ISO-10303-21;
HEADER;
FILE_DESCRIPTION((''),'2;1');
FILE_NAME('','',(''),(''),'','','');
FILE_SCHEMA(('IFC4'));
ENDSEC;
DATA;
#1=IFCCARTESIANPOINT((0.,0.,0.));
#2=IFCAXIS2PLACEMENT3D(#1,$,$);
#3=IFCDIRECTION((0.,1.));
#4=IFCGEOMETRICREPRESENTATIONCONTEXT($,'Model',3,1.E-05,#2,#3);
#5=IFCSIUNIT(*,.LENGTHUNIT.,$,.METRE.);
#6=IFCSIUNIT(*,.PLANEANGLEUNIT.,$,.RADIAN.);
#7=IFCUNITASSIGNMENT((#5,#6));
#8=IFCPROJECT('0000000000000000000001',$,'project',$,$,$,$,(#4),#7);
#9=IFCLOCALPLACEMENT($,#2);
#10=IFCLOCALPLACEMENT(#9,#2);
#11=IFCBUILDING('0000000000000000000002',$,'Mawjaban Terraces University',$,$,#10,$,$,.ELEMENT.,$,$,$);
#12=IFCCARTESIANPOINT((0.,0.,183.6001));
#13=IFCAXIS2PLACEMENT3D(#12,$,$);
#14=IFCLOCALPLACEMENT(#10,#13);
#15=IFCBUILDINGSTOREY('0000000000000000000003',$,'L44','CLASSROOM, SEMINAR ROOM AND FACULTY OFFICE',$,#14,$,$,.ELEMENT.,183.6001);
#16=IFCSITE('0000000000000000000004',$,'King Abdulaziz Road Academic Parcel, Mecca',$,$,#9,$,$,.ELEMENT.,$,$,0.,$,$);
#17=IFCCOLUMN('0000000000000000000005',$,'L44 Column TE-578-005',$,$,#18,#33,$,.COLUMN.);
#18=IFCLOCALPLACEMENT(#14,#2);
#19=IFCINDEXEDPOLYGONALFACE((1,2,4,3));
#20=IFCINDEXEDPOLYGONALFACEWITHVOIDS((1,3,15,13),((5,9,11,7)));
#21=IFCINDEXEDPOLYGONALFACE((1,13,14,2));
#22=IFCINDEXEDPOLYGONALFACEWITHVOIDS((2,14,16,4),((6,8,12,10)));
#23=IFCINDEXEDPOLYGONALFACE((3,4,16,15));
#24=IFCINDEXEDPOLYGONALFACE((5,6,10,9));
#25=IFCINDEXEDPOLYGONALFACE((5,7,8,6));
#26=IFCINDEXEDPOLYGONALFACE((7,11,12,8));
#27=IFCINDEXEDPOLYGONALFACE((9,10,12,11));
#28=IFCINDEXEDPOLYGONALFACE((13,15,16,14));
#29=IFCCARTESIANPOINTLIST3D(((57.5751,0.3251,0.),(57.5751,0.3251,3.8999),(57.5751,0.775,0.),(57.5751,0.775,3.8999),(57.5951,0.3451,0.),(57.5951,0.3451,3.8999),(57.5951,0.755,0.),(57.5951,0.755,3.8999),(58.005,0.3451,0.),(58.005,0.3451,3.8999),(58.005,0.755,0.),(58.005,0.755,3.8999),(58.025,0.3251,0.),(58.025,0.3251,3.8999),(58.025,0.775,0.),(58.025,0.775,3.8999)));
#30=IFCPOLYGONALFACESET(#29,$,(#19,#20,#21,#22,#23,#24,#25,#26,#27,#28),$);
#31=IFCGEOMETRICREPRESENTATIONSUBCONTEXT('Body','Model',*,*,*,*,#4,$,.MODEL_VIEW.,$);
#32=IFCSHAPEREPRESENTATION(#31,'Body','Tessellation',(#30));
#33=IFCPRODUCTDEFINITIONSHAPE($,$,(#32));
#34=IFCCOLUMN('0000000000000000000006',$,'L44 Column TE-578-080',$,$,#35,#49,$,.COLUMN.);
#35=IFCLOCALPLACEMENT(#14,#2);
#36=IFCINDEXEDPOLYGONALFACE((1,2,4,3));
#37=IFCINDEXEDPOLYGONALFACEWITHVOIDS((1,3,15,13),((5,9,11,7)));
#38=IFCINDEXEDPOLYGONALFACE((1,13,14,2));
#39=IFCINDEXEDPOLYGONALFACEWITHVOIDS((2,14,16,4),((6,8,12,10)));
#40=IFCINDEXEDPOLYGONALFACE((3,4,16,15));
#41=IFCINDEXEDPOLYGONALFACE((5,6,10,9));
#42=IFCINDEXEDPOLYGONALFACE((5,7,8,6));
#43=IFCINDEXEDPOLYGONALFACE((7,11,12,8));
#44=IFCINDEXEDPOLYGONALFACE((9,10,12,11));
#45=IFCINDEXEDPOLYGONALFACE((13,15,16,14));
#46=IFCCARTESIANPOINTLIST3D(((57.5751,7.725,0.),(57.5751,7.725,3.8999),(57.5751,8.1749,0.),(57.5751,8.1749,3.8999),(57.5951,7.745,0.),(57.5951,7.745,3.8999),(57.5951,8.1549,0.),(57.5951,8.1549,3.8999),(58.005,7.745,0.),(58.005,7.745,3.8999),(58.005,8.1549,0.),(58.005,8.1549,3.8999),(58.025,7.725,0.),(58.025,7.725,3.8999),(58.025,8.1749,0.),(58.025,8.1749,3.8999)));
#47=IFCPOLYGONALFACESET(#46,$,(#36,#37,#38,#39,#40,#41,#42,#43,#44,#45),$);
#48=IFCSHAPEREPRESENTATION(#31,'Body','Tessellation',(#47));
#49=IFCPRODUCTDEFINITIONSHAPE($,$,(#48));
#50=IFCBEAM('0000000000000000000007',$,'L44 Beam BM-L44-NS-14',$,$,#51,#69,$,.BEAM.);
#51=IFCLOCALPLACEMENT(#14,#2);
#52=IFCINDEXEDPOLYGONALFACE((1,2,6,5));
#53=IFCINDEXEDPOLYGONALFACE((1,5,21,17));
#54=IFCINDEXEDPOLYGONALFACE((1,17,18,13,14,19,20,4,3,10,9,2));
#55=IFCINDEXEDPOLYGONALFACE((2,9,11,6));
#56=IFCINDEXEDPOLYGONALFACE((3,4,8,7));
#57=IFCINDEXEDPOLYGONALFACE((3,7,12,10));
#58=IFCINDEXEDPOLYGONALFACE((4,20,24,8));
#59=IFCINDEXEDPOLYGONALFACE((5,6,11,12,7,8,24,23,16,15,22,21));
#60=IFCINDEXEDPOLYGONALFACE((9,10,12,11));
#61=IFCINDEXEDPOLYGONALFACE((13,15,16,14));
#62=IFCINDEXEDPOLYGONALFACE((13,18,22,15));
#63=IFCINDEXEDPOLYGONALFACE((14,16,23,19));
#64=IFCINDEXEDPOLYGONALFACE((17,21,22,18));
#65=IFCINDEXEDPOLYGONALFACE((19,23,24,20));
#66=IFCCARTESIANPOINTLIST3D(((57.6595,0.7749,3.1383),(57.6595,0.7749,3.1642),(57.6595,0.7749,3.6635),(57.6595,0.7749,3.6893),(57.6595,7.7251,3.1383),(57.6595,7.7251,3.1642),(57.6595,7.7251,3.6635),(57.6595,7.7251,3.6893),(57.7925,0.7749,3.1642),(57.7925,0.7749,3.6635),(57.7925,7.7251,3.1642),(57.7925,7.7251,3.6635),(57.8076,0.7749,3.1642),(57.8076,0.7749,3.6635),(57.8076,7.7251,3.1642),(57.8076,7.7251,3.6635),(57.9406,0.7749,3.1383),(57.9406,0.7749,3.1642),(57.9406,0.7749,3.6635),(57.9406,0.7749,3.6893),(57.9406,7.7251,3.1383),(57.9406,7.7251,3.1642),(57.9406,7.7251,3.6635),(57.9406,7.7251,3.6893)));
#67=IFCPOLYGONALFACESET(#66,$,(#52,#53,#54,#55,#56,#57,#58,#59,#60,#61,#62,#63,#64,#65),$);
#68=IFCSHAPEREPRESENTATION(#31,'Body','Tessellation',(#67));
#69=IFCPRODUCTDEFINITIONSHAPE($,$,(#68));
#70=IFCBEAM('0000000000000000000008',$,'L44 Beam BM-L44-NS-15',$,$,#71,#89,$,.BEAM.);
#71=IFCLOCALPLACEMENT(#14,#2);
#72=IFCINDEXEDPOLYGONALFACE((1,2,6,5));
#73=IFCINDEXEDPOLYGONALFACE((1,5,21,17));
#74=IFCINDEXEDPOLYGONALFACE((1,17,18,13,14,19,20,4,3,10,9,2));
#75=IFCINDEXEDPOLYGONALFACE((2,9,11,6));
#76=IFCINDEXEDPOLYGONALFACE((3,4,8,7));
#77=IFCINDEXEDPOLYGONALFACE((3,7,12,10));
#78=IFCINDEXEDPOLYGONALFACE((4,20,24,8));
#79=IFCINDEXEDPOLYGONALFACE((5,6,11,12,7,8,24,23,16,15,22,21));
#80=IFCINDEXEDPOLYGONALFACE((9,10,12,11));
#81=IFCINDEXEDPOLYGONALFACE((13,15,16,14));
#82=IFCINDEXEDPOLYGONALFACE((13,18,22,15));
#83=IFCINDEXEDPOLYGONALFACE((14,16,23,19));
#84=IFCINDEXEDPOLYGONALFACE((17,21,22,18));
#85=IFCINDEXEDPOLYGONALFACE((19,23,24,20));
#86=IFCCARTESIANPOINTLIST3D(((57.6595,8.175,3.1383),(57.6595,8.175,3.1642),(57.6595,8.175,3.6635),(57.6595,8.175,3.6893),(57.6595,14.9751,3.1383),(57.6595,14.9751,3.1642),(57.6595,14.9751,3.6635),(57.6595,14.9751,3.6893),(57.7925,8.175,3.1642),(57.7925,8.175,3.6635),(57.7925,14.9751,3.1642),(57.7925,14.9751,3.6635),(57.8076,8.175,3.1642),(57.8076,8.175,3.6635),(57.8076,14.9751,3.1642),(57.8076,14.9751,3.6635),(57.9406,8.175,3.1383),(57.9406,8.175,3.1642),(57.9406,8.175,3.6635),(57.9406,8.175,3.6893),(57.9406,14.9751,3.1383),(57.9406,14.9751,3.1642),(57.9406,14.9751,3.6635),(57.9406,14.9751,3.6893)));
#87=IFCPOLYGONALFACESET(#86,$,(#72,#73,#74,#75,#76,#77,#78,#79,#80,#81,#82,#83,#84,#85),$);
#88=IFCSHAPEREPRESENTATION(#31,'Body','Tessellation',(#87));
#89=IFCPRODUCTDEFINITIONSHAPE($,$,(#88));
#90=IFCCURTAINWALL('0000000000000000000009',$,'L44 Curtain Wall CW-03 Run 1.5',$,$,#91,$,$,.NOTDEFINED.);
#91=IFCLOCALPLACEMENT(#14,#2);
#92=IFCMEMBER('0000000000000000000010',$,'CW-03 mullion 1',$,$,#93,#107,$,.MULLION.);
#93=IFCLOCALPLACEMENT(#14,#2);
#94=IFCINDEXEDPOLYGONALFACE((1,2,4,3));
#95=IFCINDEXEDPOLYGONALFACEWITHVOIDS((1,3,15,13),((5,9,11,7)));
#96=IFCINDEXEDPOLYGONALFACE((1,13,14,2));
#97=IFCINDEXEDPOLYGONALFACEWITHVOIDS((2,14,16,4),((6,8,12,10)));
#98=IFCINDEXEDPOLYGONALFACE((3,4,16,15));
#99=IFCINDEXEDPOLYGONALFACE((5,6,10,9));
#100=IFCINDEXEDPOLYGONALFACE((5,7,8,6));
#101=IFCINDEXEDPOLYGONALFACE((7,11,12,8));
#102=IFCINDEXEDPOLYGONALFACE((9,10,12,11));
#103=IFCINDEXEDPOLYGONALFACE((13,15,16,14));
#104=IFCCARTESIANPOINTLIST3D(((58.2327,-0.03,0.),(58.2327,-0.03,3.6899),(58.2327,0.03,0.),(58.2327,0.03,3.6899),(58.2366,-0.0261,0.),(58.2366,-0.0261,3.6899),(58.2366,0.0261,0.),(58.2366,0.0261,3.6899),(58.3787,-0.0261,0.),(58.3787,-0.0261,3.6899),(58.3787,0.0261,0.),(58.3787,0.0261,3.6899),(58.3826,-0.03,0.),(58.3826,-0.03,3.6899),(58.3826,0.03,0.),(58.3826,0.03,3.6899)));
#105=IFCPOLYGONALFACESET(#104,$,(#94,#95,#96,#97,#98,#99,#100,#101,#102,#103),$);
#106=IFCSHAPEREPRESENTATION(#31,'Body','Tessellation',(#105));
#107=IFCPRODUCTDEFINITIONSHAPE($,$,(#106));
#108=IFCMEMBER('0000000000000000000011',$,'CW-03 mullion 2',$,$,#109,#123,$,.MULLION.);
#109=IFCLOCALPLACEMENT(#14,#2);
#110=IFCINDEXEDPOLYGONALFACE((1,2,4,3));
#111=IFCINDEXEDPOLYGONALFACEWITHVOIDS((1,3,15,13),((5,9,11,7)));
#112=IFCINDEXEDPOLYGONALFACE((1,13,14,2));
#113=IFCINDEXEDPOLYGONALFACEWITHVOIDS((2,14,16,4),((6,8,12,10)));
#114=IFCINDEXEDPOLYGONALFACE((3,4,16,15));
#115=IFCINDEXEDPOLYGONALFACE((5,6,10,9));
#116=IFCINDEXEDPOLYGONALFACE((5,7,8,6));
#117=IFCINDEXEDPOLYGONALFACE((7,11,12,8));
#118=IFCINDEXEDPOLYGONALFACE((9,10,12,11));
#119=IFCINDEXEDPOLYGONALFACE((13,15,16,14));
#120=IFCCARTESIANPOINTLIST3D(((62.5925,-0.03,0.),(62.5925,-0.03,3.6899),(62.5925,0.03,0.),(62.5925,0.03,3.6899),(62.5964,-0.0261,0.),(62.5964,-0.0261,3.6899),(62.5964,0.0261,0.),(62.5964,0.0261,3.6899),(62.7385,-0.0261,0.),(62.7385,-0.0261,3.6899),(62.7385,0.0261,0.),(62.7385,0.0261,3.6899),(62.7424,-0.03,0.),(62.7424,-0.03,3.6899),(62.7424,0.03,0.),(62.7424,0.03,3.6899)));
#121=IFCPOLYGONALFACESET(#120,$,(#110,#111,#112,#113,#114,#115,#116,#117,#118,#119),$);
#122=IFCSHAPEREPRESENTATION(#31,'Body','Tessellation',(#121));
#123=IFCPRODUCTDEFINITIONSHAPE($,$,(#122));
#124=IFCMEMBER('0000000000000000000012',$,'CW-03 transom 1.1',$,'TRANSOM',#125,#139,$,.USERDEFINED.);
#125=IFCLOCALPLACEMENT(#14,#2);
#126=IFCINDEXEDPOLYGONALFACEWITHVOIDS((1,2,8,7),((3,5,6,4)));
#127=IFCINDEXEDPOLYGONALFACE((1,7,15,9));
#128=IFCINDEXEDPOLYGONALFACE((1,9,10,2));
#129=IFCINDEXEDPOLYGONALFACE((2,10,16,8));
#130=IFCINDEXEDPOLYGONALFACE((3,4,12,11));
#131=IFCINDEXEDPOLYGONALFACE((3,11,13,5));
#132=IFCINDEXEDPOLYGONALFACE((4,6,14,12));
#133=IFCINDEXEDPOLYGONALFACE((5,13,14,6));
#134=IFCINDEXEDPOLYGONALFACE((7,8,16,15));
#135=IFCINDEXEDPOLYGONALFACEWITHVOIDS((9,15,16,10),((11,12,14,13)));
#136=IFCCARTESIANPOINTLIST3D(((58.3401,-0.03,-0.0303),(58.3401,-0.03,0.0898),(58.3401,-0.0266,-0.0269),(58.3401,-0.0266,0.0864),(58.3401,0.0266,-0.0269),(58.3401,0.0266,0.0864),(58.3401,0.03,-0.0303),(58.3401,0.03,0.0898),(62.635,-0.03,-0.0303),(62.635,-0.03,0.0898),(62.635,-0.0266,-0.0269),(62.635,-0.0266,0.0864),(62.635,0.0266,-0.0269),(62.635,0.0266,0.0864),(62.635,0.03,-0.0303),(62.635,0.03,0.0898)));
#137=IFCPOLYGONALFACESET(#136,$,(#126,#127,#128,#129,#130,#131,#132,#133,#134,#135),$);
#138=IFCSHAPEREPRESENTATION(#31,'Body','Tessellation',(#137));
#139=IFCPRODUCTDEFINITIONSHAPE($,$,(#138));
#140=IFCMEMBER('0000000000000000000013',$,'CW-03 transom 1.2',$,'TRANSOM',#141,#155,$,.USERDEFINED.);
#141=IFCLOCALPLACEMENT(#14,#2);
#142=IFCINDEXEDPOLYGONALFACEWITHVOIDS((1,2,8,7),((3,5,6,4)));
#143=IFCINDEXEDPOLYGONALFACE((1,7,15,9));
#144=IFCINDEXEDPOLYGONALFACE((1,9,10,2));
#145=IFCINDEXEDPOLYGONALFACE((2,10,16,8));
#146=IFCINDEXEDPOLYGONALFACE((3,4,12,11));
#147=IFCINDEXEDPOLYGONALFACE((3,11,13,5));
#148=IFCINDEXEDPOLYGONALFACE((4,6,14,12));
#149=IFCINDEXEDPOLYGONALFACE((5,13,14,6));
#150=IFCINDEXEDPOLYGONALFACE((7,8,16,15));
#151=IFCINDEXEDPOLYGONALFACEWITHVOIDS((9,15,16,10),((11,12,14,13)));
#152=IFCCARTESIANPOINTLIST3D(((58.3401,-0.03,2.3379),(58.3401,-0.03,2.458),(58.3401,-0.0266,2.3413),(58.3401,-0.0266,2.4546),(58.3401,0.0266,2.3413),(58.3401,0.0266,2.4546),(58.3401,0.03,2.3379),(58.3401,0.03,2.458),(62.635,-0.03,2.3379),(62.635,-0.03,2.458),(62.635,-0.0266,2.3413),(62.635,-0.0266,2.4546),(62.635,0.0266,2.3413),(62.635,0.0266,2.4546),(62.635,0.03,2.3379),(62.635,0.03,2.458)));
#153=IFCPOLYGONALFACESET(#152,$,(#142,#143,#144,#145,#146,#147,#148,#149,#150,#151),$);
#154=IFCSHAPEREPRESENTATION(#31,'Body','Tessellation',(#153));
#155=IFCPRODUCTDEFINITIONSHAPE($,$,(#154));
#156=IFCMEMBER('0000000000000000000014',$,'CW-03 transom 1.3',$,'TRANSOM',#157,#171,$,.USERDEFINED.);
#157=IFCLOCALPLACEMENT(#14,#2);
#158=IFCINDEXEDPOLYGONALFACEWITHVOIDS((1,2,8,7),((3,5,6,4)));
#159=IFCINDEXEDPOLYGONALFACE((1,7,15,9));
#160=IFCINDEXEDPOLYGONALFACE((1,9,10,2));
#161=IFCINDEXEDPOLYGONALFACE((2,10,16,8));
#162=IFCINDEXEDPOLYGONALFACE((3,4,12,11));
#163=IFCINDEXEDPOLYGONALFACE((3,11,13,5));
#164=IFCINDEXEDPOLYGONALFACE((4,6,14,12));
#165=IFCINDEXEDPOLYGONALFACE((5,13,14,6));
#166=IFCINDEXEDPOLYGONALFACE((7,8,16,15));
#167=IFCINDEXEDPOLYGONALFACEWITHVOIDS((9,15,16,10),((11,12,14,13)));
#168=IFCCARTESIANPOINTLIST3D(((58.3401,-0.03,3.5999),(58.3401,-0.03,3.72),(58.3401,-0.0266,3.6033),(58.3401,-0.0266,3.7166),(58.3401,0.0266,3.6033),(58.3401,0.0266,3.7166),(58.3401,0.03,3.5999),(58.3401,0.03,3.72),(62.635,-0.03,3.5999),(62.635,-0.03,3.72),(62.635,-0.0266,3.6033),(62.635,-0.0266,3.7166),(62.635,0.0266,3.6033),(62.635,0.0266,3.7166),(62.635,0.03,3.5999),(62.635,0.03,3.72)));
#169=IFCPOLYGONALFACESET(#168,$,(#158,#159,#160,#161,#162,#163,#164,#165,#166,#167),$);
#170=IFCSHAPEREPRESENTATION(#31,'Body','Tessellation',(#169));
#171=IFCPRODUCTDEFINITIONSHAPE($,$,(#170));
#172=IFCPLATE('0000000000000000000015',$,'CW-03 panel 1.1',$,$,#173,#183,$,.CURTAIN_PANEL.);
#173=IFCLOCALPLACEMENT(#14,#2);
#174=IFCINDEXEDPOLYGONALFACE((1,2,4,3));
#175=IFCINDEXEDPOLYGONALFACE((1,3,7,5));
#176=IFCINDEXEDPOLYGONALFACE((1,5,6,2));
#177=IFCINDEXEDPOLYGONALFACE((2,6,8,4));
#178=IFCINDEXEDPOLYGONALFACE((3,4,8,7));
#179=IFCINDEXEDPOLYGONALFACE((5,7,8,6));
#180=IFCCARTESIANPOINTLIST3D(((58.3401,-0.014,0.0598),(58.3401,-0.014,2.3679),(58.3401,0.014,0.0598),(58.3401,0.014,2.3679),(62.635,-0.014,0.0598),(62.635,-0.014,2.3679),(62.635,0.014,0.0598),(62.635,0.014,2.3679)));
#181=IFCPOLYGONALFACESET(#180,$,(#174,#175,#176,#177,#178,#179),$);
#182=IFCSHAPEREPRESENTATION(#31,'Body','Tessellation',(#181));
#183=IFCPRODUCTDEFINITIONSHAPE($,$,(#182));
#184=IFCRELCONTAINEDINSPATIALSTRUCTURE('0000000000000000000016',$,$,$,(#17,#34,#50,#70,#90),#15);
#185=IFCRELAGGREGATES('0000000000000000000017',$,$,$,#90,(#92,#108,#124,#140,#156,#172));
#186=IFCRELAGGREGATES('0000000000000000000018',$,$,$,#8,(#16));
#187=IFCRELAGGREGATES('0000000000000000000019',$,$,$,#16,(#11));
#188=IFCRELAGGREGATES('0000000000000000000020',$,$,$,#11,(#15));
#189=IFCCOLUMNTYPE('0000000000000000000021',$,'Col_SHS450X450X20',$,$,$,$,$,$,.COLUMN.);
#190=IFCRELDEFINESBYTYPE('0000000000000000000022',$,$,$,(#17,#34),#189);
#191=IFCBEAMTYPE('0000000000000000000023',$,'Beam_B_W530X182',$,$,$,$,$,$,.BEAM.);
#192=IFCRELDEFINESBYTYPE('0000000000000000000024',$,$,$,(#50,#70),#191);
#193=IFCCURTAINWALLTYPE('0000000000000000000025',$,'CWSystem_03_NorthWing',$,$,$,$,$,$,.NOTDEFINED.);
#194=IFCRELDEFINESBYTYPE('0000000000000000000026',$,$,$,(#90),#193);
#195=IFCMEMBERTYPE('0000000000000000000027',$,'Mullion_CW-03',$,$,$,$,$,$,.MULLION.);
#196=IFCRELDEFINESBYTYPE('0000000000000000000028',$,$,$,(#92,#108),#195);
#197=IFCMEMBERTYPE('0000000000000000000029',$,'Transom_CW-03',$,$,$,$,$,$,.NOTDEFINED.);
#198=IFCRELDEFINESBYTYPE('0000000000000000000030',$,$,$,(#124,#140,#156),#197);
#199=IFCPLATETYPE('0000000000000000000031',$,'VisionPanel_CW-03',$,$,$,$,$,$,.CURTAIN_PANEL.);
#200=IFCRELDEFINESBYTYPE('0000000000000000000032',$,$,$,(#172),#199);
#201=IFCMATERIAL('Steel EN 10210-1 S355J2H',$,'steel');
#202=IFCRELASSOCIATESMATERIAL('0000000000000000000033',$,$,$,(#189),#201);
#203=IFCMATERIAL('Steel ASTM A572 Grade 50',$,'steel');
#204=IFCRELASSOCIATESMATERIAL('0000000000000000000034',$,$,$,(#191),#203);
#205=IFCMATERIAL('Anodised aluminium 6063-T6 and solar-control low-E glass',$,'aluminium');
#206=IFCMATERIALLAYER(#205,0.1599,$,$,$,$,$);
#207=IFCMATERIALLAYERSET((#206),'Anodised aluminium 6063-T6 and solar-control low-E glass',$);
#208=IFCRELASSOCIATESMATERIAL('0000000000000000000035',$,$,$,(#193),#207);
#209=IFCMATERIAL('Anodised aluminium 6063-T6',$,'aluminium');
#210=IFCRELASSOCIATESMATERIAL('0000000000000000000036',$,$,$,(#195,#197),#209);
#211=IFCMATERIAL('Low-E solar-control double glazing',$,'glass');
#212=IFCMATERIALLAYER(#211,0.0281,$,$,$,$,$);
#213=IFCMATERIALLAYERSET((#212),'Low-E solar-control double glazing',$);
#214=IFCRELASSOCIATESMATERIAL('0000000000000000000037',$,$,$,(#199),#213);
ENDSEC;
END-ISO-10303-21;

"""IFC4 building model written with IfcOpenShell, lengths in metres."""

from ifc_helpers import new_model, si_unit, direction, frame, origin, origin_2d, place, context, subcontext, project, spatial, rectangle, hollow_rectangle, i_section, extrude, material, layer, layer_set, material_profile, profile_set, type_object, element, aggregate, save


model = new_model("IFC4")

# Units and contexts
model_context = context("Model", 3, precision=1e-05, world=origin(), true_north=direction((0.0, 1.0)))
body_context = subcontext(model_context, "Body", "Model", "MODEL_VIEW")
ifc_project = project(units=[si_unit("LENGTHUNIT", "METRE"), si_unit("PLANEANGLEUNIT", "RADIAN")], contexts=[model_context])

# Site, building, storey
site_placement = place(None, origin())
site = spatial("IfcSite", under=ifc_project, at=site_placement, Name="King Abdulaziz Road Academic Parcel, Mecca", CompositionType="ELEMENT", RefElevation=0.0)
building_placement = place(site_placement, origin())
building = spatial("IfcBuilding", under=site, at=building_placement, Name="Mawjaban Terraces University", CompositionType="ELEMENT")
storey_placement = place(building_placement, frame((0.0, 0.0, 183.6001)))
storey = spatial("IfcBuildingStorey", under=building, at=storey_placement, Name="L44", Description="CLASSROOM, SEMINAR ROOM AND FACULTY OFFICE", CompositionType="ELEMENT", Elevation=183.6001)

# Columns
ifc_material_1 = material(Name="Steel EN 10210-1 S355J2H", Category="steel")
ifc_material_profile_1 = material_profile(ifc_material_1, hollow_rectangle(XDim=0.45, YDim=0.45, WallThickness=0.02, at=origin_2d()), Name="SHS450X450X20")
ifc_profile_set_1 = profile_set([ifc_material_profile_1], Name="Steel EN 10210-1 S355J2H")
column_type = type_object("IfcColumnType", Name="Col_SHS450X450X20", PredefinedType="COLUMN", material=ifc_profile_set_1)
for number, where, z_axis, x_axis, name in (
    (1, (57.8, 0.55, 0.0), (0.0, 0.0, 1.0), (1.0, 0.0, 0.0), "L44 Column TE-578-005"),
    (2, (57.8, 7.95, 0.0), (0.0, 0.0, 1.0), (1.0, 0.0, 0.0), "L44 Column TE-578-080"),
):
    element("IfcColumn", number, at=place(storey_placement, frame(where, z_axis=z_axis, x_axis=x_axis)), inside=storey, type_object=column_type, Name=name, PredefinedType="COLUMN", context=body_context, shape_type="SweptSolid", body=[
        extrude(hollow_rectangle(XDim=0.45, YDim=0.45, WallThickness=0.02, at=origin_2d()), origin(), (0.0, 0.0, 1.0), 3.8999),
    ])

# Beams
ifc_material_2 = material(Name="Steel ASTM A572 Grade 50", Category="steel")
ifc_material_profile_2 = material_profile(ifc_material_2, i_section(OverallWidth=0.281, OverallDepth=0.551, WebThickness=0.0151, FlangeThickness=0.0259, at=origin_2d()), Name="W530X182")
ifc_profile_set_2 = profile_set([ifc_material_profile_2], Name="Steel ASTM A572 Grade 50")
beam_type = type_object("IfcBeamType", Name="Beam_B_W530X182", PredefinedType="BEAM", material=ifc_profile_set_2)
beam_1_placement = place(storey_placement, frame((57.8, 0.7749, 3.4138), z_axis=(0.0, 1.0, 0.0), x_axis=(-1.0, 0.0, 0.0)))
element("IfcBeam", 3, at=beam_1_placement, inside=storey, type_object=beam_type, Name="L44 Beam BM-L44-NS-14", PredefinedType="BEAM", context=body_context, shape_type="SweptSolid", body=[
    extrude(i_section(OverallWidth=0.281, OverallDepth=0.551, WebThickness=0.0151, FlangeThickness=0.0259, at=origin_2d()), origin(), (0.0, 0.0, 1.0), 6.9502),
])
beam_2_placement = place(storey_placement, frame((57.8, 8.175, 3.4138), z_axis=(0.0, 1.0, 0.0), x_axis=(-1.0, 0.0, 0.0)))
element("IfcBeam", 4, at=beam_2_placement, inside=storey, type_object=beam_type, Name="L44 Beam BM-L44-NS-15", PredefinedType="BEAM", context=body_context, shape_type="SweptSolid", body=[
    extrude(i_section(OverallWidth=0.281, OverallDepth=0.551, WebThickness=0.0151, FlangeThickness=0.0259, at=origin_2d()), origin(), (0.0, 0.0, 1.0), 6.8),
])

# Curtain wall, members, plate
ifc_material_3 = material(Name="Anodised aluminium 6063-T6 and solar-control low-E glass", Category="aluminium")
ifc_layer_1 = layer(ifc_material_3, 0.1599)
ifc_layer_set_1 = layer_set([ifc_layer_1], Name="Anodised aluminium 6063-T6 and solar-control low-E glass")
curtain_wall_type = type_object("IfcCurtainWallType", Name="CWSystem_03_NorthWing", PredefinedType="NOTDEFINED", material=ifc_layer_set_1)
curtain_wall_placement = place(storey_placement, origin())
curtain_wall = element("IfcCurtainWall", 5, at=curtain_wall_placement, inside=storey, type_object=curtain_wall_type, Name="L44 Curtain Wall CW-03 Run 1.5", PredefinedType="NOTDEFINED")
ifc_material_4 = material(Name="Anodised aluminium 6063-T6", Category="aluminium")
ifc_material_profile_3 = material_profile(ifc_material_4, hollow_rectangle(XDim=0.0601, YDim=0.1499, WallThickness=0.0039, at=origin_2d()), Name="ALU150X60X4")
ifc_profile_set_3 = profile_set([ifc_material_profile_3], Name="Anodised aluminium 6063-T6")
member_type_1 = type_object("IfcMemberType", Name="Mullion_CW-03", PredefinedType="MULLION", material=ifc_profile_set_3)
member_1_placement = place(storey_placement, frame((58.3076, 0.0, 0.0), z_axis=(0.0, 0.0, 1.0), x_axis=(0.0, 1.0, 0.0)))
member_1 = element("IfcMember", 6, at=member_1_placement, type_object=member_type_1, Name="CW-03 mullion 1", PredefinedType="MULLION", context=body_context, shape_type="SweptSolid", body=[
    extrude(hollow_rectangle(XDim=0.0601, YDim=0.1499, WallThickness=0.0039, at=origin_2d()), origin(), (0.0, 0.0, 1.0), 3.6899),
])
member_2_placement = place(storey_placement, frame((62.6675, 0.0, 0.0), z_axis=(0.0, 0.0, 1.0), x_axis=(0.0, 1.0, 0.0)))
member_2 = element("IfcMember", 7, at=member_2_placement, type_object=member_type_1, Name="CW-03 mullion 2", PredefinedType="MULLION", context=body_context, shape_type="SweptSolid", body=[
    extrude(hollow_rectangle(XDim=0.0601, YDim=0.1499, WallThickness=0.0039, at=origin_2d()), origin(), (0.0, 0.0, 1.0), 3.6899),
])
ifc_material_profile_4 = material_profile(ifc_material_4, hollow_rectangle(XDim=0.0601, YDim=0.1201, WallThickness=0.0034, at=origin_2d()), Name="ALU120X60X3.5")
ifc_profile_set_4 = profile_set([ifc_material_profile_4], Name="Anodised aluminium 6063-T6")
member_type_2 = type_object("IfcMemberType", Name="Transom_CW-03", PredefinedType="NOTDEFINED", material=ifc_profile_set_4)
member_3_placement = place(storey_placement, frame((58.3401, 0.0, 0.0298), z_axis=(1.0, 0.0, 0.0), x_axis=(0.0, 1.0, 0.0)))
member_3 = element("IfcMember", 8, at=member_3_placement, type_object=member_type_2, Name="CW-03 transom 1.1", ObjectType="TRANSOM", PredefinedType="USERDEFINED", context=body_context, shape_type="SweptSolid", body=[
    extrude(hollow_rectangle(XDim=0.0601, YDim=0.1201, WallThickness=0.0034, at=origin_2d()), origin(), (0.0, 0.0, 1.0), 4.2949),
])
member_4_placement = place(storey_placement, frame((58.3401, 0.0, 2.3979), z_axis=(1.0, 0.0, 0.0), x_axis=(0.0, 1.0, 0.0)))
member_4 = element("IfcMember", 9, at=member_4_placement, type_object=member_type_2, Name="CW-03 transom 1.2", ObjectType="TRANSOM", PredefinedType="USERDEFINED", context=body_context, shape_type="SweptSolid", body=[
    extrude(hollow_rectangle(XDim=0.0601, YDim=0.1201, WallThickness=0.0034, at=origin_2d()), origin(), (0.0, 0.0, 1.0), 4.2949),
])
member_5_placement = place(storey_placement, frame((58.3401, 0.0, 3.6599), z_axis=(1.0, 0.0, 0.0), x_axis=(0.0, 1.0, 0.0)))
member_5 = element("IfcMember", 10, at=member_5_placement, type_object=member_type_2, Name="CW-03 transom 1.3", ObjectType="TRANSOM", PredefinedType="USERDEFINED", context=body_context, shape_type="SweptSolid", body=[
    extrude(hollow_rectangle(XDim=0.0601, YDim=0.1201, WallThickness=0.0034, at=origin_2d()), origin(), (0.0, 0.0, 1.0), 4.2949),
])
ifc_material_5 = material(Name="Low-E solar-control double glazing", Category="glass")
ifc_layer_2 = layer(ifc_material_5, 0.0281)
ifc_layer_set_2 = layer_set([ifc_layer_2], Name="Low-E solar-control double glazing")
plate_type = type_object("IfcPlateType", Name="VisionPanel_CW-03", PredefinedType="CURTAIN_PANEL", material=ifc_layer_set_2)
plate_1_placement = place(storey_placement, frame((60.4875, 0.0, 0.0598), z_axis=(0.0, 0.0, 1.0), x_axis=(1.0, 0.0, 0.0)))
plate_1 = element("IfcPlate", 11, at=plate_1_placement, type_object=plate_type, Name="CW-03 panel 1.1", PredefinedType="CURTAIN_PANEL", context=body_context, shape_type="SweptSolid", body=[
    extrude(rectangle(XDim=4.2949, YDim=0.0281, at=origin_2d()), origin(), (0.0, 0.0, 1.0), 2.3081),
])
aggregate(curtain_wall, [member_1, member_2, member_3, member_4, member_5, plate_1])

save(model, "model.ifc")
